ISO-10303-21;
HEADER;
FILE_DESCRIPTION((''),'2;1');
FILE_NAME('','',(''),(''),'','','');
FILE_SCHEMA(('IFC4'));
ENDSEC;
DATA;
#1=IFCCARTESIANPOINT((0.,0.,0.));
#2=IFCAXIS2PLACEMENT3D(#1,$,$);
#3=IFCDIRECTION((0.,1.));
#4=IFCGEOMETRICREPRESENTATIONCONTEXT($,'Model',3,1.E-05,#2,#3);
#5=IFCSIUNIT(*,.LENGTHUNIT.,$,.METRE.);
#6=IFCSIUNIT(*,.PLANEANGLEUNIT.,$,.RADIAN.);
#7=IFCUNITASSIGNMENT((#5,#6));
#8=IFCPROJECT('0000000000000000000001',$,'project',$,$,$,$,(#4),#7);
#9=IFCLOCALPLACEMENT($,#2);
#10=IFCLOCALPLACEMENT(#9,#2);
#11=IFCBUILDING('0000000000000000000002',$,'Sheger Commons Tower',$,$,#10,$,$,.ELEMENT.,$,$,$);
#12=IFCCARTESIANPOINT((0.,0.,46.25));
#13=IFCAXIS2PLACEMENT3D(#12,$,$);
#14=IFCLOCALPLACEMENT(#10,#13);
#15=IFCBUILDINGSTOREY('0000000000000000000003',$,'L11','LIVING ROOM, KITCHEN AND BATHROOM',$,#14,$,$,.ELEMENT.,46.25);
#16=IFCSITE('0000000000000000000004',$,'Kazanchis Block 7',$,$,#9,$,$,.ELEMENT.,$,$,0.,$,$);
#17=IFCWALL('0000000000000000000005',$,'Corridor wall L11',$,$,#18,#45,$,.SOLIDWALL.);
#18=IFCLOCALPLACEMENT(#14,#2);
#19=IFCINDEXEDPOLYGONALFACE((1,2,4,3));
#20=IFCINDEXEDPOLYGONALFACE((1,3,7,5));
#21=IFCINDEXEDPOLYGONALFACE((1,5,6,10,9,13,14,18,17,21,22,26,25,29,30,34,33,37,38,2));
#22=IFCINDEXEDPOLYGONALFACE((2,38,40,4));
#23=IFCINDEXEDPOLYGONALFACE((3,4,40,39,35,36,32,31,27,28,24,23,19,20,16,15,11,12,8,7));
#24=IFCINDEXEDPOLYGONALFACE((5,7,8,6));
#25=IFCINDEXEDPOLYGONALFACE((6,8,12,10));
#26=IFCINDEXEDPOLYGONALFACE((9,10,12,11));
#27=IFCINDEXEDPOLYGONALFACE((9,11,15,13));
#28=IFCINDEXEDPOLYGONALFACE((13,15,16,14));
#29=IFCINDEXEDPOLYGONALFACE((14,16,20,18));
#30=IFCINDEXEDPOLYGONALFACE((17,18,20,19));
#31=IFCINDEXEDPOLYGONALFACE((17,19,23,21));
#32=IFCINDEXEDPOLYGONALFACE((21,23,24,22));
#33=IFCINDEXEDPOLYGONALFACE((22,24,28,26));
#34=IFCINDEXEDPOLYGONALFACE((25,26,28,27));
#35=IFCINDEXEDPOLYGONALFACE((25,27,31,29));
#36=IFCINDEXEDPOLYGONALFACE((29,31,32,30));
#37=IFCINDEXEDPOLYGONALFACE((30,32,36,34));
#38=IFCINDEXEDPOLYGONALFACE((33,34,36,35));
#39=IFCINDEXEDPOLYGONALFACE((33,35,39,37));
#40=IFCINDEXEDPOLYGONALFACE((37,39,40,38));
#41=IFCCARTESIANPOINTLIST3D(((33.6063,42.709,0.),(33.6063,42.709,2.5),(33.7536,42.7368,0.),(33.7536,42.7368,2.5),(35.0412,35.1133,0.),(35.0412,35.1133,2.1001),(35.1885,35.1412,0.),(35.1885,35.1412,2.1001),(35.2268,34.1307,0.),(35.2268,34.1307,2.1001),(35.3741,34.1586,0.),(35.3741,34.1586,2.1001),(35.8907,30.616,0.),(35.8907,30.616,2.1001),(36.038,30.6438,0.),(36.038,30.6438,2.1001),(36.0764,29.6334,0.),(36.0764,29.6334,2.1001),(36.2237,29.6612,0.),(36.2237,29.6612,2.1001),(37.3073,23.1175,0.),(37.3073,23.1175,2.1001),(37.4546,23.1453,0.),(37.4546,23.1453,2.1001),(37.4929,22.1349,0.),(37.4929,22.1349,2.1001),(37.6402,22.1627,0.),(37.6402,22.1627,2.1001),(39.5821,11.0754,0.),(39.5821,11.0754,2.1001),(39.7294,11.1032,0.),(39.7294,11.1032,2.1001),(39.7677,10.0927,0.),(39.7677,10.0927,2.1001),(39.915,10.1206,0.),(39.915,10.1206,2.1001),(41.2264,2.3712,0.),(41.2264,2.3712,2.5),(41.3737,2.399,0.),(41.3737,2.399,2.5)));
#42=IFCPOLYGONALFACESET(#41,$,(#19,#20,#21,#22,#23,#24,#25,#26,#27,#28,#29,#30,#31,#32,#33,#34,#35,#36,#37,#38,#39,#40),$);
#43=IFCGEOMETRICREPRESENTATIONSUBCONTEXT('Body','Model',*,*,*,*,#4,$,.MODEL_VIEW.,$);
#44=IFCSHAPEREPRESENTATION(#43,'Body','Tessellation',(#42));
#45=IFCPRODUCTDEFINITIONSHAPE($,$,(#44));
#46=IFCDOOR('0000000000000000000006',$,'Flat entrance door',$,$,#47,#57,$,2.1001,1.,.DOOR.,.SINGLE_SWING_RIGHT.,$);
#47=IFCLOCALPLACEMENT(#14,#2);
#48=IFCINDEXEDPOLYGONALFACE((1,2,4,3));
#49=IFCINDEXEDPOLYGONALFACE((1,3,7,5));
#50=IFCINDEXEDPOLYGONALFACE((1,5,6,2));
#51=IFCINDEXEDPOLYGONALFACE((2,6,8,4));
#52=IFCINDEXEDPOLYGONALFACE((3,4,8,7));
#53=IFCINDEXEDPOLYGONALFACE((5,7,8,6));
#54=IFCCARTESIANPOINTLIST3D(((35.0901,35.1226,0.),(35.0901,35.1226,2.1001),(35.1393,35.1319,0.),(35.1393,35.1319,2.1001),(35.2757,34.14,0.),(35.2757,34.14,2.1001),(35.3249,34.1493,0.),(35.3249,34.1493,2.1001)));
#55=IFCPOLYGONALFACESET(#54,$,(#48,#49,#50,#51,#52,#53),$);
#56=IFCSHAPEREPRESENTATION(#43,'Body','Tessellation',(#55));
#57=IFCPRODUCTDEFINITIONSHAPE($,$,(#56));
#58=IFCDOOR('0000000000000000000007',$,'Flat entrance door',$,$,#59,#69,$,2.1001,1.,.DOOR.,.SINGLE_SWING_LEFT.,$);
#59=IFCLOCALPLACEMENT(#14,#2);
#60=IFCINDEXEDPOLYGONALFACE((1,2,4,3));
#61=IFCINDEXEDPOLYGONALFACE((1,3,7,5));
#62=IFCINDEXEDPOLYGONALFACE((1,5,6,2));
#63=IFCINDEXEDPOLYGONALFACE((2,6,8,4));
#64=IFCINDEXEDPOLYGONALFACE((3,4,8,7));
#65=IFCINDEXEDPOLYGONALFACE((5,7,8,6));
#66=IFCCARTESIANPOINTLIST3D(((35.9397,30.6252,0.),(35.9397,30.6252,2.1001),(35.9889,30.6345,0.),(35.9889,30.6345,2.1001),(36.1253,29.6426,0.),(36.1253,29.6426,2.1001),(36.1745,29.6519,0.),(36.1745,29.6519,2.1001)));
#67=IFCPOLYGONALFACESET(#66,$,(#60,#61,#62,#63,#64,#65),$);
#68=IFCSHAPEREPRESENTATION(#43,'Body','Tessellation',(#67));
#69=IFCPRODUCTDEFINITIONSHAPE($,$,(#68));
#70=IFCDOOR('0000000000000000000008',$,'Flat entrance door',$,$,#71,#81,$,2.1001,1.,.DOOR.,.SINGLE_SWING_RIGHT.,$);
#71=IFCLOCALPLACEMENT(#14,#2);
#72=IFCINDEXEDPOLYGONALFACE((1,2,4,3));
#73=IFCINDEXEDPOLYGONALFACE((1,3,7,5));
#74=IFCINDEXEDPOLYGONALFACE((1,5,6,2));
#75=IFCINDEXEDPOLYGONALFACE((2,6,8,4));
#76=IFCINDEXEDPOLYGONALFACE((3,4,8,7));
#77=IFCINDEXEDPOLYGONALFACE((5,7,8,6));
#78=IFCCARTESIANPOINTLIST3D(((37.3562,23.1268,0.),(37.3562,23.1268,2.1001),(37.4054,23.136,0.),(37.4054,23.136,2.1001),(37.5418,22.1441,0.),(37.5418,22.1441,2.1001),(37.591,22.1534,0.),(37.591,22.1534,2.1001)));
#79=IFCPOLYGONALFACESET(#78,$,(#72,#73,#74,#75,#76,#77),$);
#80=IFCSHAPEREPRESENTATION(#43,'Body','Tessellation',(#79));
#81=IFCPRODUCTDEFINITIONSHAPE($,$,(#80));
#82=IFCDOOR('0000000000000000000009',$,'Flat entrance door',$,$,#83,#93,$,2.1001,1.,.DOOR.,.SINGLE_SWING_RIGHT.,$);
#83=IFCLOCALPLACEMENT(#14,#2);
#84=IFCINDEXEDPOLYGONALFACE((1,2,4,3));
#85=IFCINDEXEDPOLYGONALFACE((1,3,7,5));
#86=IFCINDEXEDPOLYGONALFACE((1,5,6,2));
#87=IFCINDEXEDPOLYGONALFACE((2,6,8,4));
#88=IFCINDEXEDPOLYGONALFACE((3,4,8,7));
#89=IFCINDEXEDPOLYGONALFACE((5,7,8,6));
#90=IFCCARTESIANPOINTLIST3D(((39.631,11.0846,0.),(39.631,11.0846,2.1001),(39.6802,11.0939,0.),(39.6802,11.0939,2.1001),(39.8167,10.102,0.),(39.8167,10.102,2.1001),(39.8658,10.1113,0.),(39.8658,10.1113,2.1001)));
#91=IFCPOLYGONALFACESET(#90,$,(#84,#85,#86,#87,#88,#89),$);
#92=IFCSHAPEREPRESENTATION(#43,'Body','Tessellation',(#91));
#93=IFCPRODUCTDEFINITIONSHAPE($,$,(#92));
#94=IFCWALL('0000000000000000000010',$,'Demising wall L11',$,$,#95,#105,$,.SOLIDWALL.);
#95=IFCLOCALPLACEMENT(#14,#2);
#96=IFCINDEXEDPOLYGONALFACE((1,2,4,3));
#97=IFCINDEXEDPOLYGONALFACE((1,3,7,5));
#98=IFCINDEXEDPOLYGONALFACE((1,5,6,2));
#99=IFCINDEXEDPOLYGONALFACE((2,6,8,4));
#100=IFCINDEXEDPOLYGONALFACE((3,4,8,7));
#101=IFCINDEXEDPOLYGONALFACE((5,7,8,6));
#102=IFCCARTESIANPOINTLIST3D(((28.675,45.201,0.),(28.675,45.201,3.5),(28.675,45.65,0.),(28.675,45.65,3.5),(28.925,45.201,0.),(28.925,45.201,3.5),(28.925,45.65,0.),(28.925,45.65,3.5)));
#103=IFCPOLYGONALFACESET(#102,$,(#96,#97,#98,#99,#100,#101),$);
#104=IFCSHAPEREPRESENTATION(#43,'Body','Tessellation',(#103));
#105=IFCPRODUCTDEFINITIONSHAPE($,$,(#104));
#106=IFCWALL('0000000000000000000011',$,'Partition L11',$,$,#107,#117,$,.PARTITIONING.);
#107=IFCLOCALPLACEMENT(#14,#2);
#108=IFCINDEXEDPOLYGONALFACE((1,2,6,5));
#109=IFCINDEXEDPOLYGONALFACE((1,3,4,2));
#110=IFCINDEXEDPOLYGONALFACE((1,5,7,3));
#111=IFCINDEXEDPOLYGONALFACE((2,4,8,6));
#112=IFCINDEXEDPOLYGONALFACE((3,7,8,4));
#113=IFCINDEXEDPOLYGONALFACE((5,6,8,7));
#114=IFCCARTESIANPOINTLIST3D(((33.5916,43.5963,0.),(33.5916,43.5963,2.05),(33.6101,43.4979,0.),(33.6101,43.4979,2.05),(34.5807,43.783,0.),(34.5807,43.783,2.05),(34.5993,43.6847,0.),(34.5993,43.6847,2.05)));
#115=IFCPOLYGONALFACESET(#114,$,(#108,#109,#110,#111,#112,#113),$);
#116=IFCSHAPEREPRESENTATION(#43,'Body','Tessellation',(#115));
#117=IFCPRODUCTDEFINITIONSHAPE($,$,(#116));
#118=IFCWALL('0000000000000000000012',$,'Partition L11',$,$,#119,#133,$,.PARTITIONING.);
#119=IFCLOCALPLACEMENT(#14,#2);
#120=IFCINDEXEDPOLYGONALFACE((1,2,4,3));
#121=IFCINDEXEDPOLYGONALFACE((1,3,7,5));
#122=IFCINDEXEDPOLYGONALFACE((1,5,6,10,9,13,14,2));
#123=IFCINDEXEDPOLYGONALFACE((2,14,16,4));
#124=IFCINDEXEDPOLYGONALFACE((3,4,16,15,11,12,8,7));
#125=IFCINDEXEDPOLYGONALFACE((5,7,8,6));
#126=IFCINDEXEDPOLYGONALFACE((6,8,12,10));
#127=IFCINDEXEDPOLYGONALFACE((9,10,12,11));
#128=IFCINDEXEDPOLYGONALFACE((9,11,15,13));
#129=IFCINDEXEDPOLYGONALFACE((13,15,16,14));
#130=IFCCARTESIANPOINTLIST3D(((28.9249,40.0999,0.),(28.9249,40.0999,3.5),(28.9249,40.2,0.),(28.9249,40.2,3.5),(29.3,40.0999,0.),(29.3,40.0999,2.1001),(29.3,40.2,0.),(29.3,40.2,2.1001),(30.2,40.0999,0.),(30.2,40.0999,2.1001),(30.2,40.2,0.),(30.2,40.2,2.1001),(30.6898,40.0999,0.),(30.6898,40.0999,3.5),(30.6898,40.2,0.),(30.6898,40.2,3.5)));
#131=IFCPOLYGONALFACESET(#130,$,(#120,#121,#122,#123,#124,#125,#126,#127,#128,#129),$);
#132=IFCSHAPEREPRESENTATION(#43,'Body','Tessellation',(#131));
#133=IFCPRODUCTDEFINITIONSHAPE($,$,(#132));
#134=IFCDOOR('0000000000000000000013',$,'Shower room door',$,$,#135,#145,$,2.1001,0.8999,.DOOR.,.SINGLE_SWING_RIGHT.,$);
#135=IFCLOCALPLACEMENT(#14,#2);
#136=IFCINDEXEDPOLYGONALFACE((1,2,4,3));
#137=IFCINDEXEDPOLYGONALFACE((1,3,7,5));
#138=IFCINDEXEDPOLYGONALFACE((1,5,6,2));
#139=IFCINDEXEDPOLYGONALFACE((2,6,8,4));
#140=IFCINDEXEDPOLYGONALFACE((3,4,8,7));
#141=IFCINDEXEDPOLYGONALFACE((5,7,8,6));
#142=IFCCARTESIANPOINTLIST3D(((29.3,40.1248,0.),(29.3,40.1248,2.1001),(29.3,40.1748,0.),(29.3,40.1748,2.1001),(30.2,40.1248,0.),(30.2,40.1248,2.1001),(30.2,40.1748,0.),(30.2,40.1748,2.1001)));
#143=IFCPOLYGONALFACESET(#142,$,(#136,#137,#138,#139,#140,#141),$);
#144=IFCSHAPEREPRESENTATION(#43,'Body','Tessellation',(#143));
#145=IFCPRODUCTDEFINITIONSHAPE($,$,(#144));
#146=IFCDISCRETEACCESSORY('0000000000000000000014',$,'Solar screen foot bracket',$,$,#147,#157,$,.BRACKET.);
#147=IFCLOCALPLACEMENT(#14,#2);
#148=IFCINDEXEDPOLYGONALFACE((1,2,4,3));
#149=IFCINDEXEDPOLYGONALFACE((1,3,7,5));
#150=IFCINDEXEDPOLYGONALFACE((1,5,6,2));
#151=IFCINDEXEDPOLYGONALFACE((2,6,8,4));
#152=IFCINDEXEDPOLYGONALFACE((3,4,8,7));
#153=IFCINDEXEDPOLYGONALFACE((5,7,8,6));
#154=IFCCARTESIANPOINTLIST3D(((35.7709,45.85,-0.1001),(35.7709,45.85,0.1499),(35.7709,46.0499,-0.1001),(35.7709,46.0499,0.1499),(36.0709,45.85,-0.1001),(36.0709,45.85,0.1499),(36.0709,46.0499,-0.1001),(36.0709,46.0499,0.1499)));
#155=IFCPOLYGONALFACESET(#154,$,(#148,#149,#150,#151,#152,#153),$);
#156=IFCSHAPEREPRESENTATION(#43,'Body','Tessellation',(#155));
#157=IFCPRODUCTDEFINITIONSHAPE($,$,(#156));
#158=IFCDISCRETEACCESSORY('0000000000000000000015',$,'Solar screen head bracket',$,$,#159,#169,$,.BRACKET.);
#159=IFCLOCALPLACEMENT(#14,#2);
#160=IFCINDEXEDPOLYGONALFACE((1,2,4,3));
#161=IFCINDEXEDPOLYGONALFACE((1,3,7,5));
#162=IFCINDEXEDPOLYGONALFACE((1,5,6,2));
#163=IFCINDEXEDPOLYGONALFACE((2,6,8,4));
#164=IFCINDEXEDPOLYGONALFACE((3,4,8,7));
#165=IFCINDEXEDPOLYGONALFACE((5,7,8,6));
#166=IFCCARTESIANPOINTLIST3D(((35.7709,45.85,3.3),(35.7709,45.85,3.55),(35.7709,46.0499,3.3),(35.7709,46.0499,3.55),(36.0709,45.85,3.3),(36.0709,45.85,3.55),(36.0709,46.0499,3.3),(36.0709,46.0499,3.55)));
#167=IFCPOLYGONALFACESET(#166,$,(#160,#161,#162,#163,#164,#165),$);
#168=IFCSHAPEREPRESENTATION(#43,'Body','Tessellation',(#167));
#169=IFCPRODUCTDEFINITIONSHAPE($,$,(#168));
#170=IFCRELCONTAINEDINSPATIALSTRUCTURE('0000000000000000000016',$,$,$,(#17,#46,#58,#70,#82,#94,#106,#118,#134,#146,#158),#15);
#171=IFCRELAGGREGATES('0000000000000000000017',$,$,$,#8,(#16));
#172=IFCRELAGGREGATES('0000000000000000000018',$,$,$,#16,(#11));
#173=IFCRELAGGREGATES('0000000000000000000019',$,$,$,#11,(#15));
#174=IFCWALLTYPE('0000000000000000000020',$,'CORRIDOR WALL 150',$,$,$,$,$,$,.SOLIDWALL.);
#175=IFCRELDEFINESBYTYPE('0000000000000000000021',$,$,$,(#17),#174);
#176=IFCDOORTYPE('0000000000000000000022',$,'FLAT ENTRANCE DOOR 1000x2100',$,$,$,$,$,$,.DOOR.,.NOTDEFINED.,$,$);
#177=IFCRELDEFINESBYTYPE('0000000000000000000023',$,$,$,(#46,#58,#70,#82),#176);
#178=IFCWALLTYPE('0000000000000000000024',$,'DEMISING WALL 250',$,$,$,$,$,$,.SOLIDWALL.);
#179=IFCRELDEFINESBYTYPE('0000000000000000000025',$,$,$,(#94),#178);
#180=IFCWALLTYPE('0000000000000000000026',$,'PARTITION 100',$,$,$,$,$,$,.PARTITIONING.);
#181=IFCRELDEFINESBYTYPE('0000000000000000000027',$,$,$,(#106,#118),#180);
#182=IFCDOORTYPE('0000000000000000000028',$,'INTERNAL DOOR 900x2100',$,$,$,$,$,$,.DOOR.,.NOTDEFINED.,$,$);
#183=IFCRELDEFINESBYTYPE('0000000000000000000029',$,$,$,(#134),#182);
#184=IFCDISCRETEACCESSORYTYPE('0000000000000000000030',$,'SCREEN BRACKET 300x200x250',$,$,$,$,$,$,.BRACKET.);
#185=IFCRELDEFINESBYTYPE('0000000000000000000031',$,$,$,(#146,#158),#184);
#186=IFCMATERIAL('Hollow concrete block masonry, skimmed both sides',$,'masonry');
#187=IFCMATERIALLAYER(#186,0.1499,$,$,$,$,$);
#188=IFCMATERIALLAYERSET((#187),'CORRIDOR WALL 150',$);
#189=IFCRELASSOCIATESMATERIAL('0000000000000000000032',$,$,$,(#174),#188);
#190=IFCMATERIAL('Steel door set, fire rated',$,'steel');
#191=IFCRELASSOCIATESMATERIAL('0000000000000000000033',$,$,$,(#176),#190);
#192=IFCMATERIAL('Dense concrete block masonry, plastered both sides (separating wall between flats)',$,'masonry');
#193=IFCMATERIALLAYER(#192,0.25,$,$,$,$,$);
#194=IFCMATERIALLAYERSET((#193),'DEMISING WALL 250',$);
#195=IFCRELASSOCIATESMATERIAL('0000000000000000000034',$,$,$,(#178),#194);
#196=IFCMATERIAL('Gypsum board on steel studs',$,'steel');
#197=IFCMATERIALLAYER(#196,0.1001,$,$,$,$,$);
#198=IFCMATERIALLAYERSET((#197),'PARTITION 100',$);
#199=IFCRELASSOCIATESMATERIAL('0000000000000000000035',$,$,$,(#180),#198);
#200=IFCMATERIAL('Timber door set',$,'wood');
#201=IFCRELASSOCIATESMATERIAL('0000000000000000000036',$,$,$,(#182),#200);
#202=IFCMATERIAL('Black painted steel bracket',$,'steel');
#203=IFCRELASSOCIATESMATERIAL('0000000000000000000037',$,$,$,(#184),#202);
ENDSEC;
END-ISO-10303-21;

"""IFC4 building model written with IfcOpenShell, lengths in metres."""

from ifc_helpers import new_model, si_unit, direction, frame, frame_2d, origin, origin_2d, place, context, subcontext, project, spatial, rectangle, extrude, material, layer, layer_set, type_object, element, fill, save


model = new_model("IFC4")

# Units and contexts
model_context = context("Model", 3, precision=1e-05, world=origin(), true_north=direction((0.0, 1.0)))
body_context = subcontext(model_context, "Body", "Model", "MODEL_VIEW")
ifc_project = project(units=[si_unit("LENGTHUNIT", "METRE"), si_unit("PLANEANGLEUNIT", "RADIAN")], contexts=[model_context])

# Site, building, storey
site_placement = place(None, origin())
site = spatial("IfcSite", under=ifc_project, at=site_placement, Name="Kazanchis Block 7", CompositionType="ELEMENT", RefElevation=0.0)
building_placement = place(site_placement, origin())
building = spatial("IfcBuilding", under=site, at=building_placement, Name="Sheger Commons Tower", CompositionType="ELEMENT")
storey_placement = place(building_placement, frame((0.0, 0.0, 46.25)))
storey = spatial("IfcBuildingStorey", under=building, at=storey_placement, Name="L11", Description="LIVING ROOM, KITCHEN AND BATHROOM", CompositionType="ELEMENT", Elevation=46.25)

# Shared definitions
ifc_material_1 = material(Name="Hollow concrete block masonry, skimmed both sides", Category="masonry")
ifc_layer_1 = layer(ifc_material_1, 0.1499)
ifc_layer_set_1 = layer_set([ifc_layer_1], Name="CORRIDOR WALL 150")
wall_type_1 = type_object("IfcWallType", Name="CORRIDOR WALL 150", PredefinedType="SOLIDWALL", material=ifc_layer_set_1)

# Wall, openings, doors
wall_1_placement = place(storey_placement, frame((33.6799, 42.7229, 0.0), z_axis=(0.0, 0.0, 1.0), x_axis=(0.185624, -0.982621, 0.0)))
wall_1 = element("IfcWall", 1, at=wall_1_placement, inside=storey, type_object=wall_type_1, Name="Corridor wall L11", PredefinedType="SOLIDWALL", context=body_context, shape_type="SweptSolid", body=[
    extrude(rectangle(XDim=41.0513, YDim=0.1499, at=frame_2d((20.5256, 0.0))), origin(), (0.0, 0.0, 1.0), 2.5),
])
opening_1_placement = place(wall_1_placement, frame((7.73, 0.0, 0.0)))
opening_1 = element("IfcOpeningElement", 2, at=opening_1_placement, cuts=wall_1, PredefinedType="OPENING", context=body_context, shape_type="SweptSolid", body=[
    extrude(rectangle(XDim=1.0, YDim=2.1001, at=frame_2d((0.5, 1.05))), frame((0.0, 0.085, 0.0), z_axis=(0.0, -1.0, 0.0), x_axis=(1.0, 0.0, 0.0)), (0.0, 0.0, 1.0), 0.1699),
])
opening_2_placement = place(wall_1_placement, frame((12.3069, 0.0, 0.0)))
opening_2 = element("IfcOpeningElement", 3, at=opening_2_placement, cuts=wall_1, PredefinedType="OPENING", context=body_context, shape_type="SweptSolid", body=[
    extrude(rectangle(XDim=1.0, YDim=2.1001, at=frame_2d((0.5, 1.05))), frame((0.0, 0.085, 0.0), z_axis=(0.0, -1.0, 0.0), x_axis=(1.0, 0.0, 0.0)), (0.0, 0.0, 1.0), 0.1699),
])
opening_3_placement = place(wall_1_placement, frame((19.938, 0.0, 0.0)))
opening_3 = element("IfcOpeningElement", 4, at=opening_3_placement, cuts=wall_1, PredefinedType="OPENING", context=body_context, shape_type="SweptSolid", body=[
    extrude(rectangle(XDim=1.0, YDim=2.1001, at=frame_2d((0.5, 1.05))), frame((0.0, 0.085, 0.0), z_axis=(0.0, -1.0, 0.0), x_axis=(1.0, 0.0, 0.0)), (0.0, 0.0, 1.0), 0.1699),
])
opening_4_placement = place(wall_1_placement, frame((32.1931, 0.0, 0.0)))
opening_4 = element("IfcOpeningElement", 5, at=opening_4_placement, cuts=wall_1, PredefinedType="OPENING", context=body_context, shape_type="SweptSolid", body=[
    extrude(rectangle(XDim=1.0, YDim=2.1001, at=frame_2d((0.5, 1.05))), frame((0.0, 0.085, 0.0), z_axis=(0.0, -1.0, 0.0), x_axis=(1.0, 0.0, 0.0)), (0.0, 0.0, 1.0), 0.1699),
])
ifc_material_2 = material(Name="Steel door set, fire rated", Category="steel")
door_type_1 = type_object("IfcDoorType", Name="FLAT ENTRANCE DOOR 1000x2100", OperationType="NOTDEFINED", PredefinedType="DOOR", material=ifc_material_2)
door_1_placement = place(opening_1_placement, origin())
door_1 = element("IfcDoor", 6, at=door_1_placement, inside=storey, type_object=door_type_1, Name="Flat entrance door", OperationType="SINGLE_SWING_RIGHT", OverallHeight=2.1001, OverallWidth=1.0, PredefinedType="DOOR", context=body_context, shape_type="SweptSolid", body=[
    extrude(rectangle(XDim=1.0, YDim=2.1001, at=frame_2d((0.5, 1.05))), frame((0.0, 0.0249, 0.0), z_axis=(0.0, -1.0, 0.0), x_axis=(1.0, 0.0, 0.0)), (0.0, 0.0, 1.0), 0.05),
])
fill(opening_1, door_1)
door_2_placement = place(opening_2_placement, origin())
door_2 = element("IfcDoor", 7, at=door_2_placement, inside=storey, type_object=door_type_1, Name="Flat entrance door", OperationType="SINGLE_SWING_LEFT", OverallHeight=2.1001, OverallWidth=1.0, PredefinedType="DOOR", context=body_context, shape_type="SweptSolid", body=[
    extrude(rectangle(XDim=1.0, YDim=2.1001, at=frame_2d((0.5, 1.05))), frame((0.0, 0.0249, 0.0), z_axis=(0.0, -1.0, 0.0), x_axis=(1.0, 0.0, 0.0)), (0.0, 0.0, 1.0), 0.05),
])
fill(opening_2, door_2)
door_3_placement = place(opening_3_placement, origin())
door_3 = element("IfcDoor", 8, at=door_3_placement, inside=storey, type_object=door_type_1, Name="Flat entrance door", OperationType="SINGLE_SWING_RIGHT", OverallHeight=2.1001, OverallWidth=1.0, PredefinedType="DOOR", context=body_context, shape_type="SweptSolid", body=[
    extrude(rectangle(XDim=1.0, YDim=2.1001, at=frame_2d((0.5, 1.05))), frame((0.0, 0.0249, 0.0), z_axis=(0.0, -1.0, 0.0), x_axis=(1.0, 0.0, 0.0)), (0.0, 0.0, 1.0), 0.05),
])
fill(opening_3, door_3)
door_4_placement = place(opening_4_placement, origin())
door_4 = element("IfcDoor", 9, at=door_4_placement, inside=storey, type_object=door_type_1, Name="Flat entrance door", OperationType="SINGLE_SWING_RIGHT", OverallHeight=2.1001, OverallWidth=1.0, PredefinedType="DOOR", context=body_context, shape_type="SweptSolid", body=[
    extrude(rectangle(XDim=1.0, YDim=2.1001, at=frame_2d((0.5, 1.05))), frame((0.0, 0.0249, 0.0), z_axis=(0.0, -1.0, 0.0), x_axis=(1.0, 0.0, 0.0)), (0.0, 0.0, 1.0), 0.05),
])
fill(opening_4, door_4)

# Walls
ifc_material_3 = material(Name="Dense concrete block masonry, plastered both sides (separating wall between flats)", Category="masonry")
ifc_layer_2 = layer(ifc_material_3, 0.25)
ifc_layer_set_2 = layer_set([ifc_layer_2], Name="DEMISING WALL 250")
wall_type_2 = type_object("IfcWallType", Name="DEMISING WALL 250", PredefinedType="SOLIDWALL", material=ifc_layer_set_2)
wall_2_placement = place(storey_placement, frame((28.8, 45.2009, 0.0), z_axis=(0.0, 0.0, 1.0), x_axis=(0.0, 1.0, 0.0)))
element("IfcWall", 10, at=wall_2_placement, inside=storey, type_object=wall_type_2, Name="Demising wall L11", PredefinedType="SOLIDWALL", context=body_context, shape_type="SweptSolid", body=[
    extrude(rectangle(XDim=0.449, YDim=0.25, at=frame_2d((0.2246, 0.0))), origin(), (0.0, 0.0, 1.0), 3.5),
])
ifc_material_4 = material(Name="Gypsum board on steel studs", Category="steel")
ifc_layer_3 = layer(ifc_material_4, 0.1001)
ifc_layer_set_3 = layer_set([ifc_layer_3], Name="PARTITION 100")
wall_type_3 = type_object("IfcWallType", Name="PARTITION 100", PredefinedType="PARTITIONING", material=ifc_layer_set_3)
wall_3_placement = place(storey_placement, frame((34.5901, 43.7339, 0.0), z_axis=(0.0, 0.0, 1.0), x_axis=(-0.982632, -0.185563, 0.0)))
element("IfcWall", 11, at=wall_3_placement, inside=storey, type_object=wall_type_3, Name="Partition L11", PredefinedType="PARTITIONING", context=body_context, shape_type="SweptSolid", body=[
    extrude(rectangle(XDim=1.0066, YDim=0.1001, at=frame_2d((0.5034, 0.0))), origin(), (0.0, 0.0, 1.0), 2.05),
])

# Wall, opening, door
wall_4_placement = place(storey_placement, frame((28.925, 40.1499, 0.0), z_axis=(0.0, 0.0, 1.0), x_axis=(1.0, 0.0, 0.0)))
wall_4 = element("IfcWall", 12, at=wall_4_placement, inside=storey, type_object=wall_type_3, Name="Partition L11", PredefinedType="PARTITIONING", context=body_context, shape_type="SweptSolid", body=[
    extrude(rectangle(XDim=1.7649, YDim=0.1001, at=frame_2d((0.8823, 0.0))), origin(), (0.0, 0.0, 1.0), 3.5),
])
opening_5_placement = place(wall_4_placement, frame((0.375, 0.0, 0.0)))
opening_5 = element("IfcOpeningElement", 13, at=opening_5_placement, cuts=wall_4, PredefinedType="OPENING", context=body_context, shape_type="SweptSolid", body=[
    extrude(rectangle(XDim=0.8999, YDim=2.1001, at=frame_2d((0.45, 1.05))), frame((0.0, 0.0601, 0.0), z_axis=(0.0, -1.0, 0.0), x_axis=(1.0, 0.0, 0.0)), (0.0, 0.0, 1.0), 0.1201),
])
ifc_material_5 = material(Name="Timber door set", Category="wood")
door_type_2 = type_object("IfcDoorType", Name="INTERNAL DOOR 900x2100", OperationType="NOTDEFINED", PredefinedType="DOOR", material=ifc_material_5)
door_5_placement = place(opening_5_placement, origin())
door_5 = element("IfcDoor", 14, at=door_5_placement, inside=storey, type_object=door_type_2, Name="Shower room door", OperationType="SINGLE_SWING_RIGHT", OverallHeight=2.1001, OverallWidth=0.8999, PredefinedType="DOOR", context=body_context, shape_type="SweptSolid", body=[
    extrude(rectangle(XDim=0.8999, YDim=2.1001, at=frame_2d((0.45, 1.05))), frame((0.0, 0.0249, 0.0), z_axis=(0.0, -1.0, 0.0), x_axis=(1.0, 0.0, 0.0)), (0.0, 0.0, 1.0), 0.05),
])
fill(opening_5, door_5)

# Discrete accessories
ifc_material_6 = material(Name="Black painted steel bracket", Category="steel")
discrete_accessory_type = type_object("IfcDiscreteAccessoryType", Name="SCREEN BRACKET 300x200x250", PredefinedType="BRACKET", material=ifc_material_6)
for number, where, z_axis, x_axis, name in (
    (15, (35.9209, 45.95, -0.1001), (0.0, 0.0, 1.0), (-1.0, 0.0, 0.0), "Solar screen foot bracket"),
    (16, (35.9209, 45.95, 3.3), (0.0, 0.0, 1.0), (-1.0, 0.0, 0.0), "Solar screen head bracket"),
):
    element("IfcDiscreteAccessory", number, at=place(storey_placement, frame(where, z_axis=z_axis, x_axis=x_axis)), inside=storey, type_object=discrete_accessory_type, Name=name, PredefinedType="BRACKET", context=body_context, shape_type="SweptSolid", body=[
        extrude(rectangle(XDim=0.3, YDim=0.2, at=origin_2d()), origin(), (0.0, 0.0, 1.0), 0.25),
    ])

save(model, "model.ifc")
